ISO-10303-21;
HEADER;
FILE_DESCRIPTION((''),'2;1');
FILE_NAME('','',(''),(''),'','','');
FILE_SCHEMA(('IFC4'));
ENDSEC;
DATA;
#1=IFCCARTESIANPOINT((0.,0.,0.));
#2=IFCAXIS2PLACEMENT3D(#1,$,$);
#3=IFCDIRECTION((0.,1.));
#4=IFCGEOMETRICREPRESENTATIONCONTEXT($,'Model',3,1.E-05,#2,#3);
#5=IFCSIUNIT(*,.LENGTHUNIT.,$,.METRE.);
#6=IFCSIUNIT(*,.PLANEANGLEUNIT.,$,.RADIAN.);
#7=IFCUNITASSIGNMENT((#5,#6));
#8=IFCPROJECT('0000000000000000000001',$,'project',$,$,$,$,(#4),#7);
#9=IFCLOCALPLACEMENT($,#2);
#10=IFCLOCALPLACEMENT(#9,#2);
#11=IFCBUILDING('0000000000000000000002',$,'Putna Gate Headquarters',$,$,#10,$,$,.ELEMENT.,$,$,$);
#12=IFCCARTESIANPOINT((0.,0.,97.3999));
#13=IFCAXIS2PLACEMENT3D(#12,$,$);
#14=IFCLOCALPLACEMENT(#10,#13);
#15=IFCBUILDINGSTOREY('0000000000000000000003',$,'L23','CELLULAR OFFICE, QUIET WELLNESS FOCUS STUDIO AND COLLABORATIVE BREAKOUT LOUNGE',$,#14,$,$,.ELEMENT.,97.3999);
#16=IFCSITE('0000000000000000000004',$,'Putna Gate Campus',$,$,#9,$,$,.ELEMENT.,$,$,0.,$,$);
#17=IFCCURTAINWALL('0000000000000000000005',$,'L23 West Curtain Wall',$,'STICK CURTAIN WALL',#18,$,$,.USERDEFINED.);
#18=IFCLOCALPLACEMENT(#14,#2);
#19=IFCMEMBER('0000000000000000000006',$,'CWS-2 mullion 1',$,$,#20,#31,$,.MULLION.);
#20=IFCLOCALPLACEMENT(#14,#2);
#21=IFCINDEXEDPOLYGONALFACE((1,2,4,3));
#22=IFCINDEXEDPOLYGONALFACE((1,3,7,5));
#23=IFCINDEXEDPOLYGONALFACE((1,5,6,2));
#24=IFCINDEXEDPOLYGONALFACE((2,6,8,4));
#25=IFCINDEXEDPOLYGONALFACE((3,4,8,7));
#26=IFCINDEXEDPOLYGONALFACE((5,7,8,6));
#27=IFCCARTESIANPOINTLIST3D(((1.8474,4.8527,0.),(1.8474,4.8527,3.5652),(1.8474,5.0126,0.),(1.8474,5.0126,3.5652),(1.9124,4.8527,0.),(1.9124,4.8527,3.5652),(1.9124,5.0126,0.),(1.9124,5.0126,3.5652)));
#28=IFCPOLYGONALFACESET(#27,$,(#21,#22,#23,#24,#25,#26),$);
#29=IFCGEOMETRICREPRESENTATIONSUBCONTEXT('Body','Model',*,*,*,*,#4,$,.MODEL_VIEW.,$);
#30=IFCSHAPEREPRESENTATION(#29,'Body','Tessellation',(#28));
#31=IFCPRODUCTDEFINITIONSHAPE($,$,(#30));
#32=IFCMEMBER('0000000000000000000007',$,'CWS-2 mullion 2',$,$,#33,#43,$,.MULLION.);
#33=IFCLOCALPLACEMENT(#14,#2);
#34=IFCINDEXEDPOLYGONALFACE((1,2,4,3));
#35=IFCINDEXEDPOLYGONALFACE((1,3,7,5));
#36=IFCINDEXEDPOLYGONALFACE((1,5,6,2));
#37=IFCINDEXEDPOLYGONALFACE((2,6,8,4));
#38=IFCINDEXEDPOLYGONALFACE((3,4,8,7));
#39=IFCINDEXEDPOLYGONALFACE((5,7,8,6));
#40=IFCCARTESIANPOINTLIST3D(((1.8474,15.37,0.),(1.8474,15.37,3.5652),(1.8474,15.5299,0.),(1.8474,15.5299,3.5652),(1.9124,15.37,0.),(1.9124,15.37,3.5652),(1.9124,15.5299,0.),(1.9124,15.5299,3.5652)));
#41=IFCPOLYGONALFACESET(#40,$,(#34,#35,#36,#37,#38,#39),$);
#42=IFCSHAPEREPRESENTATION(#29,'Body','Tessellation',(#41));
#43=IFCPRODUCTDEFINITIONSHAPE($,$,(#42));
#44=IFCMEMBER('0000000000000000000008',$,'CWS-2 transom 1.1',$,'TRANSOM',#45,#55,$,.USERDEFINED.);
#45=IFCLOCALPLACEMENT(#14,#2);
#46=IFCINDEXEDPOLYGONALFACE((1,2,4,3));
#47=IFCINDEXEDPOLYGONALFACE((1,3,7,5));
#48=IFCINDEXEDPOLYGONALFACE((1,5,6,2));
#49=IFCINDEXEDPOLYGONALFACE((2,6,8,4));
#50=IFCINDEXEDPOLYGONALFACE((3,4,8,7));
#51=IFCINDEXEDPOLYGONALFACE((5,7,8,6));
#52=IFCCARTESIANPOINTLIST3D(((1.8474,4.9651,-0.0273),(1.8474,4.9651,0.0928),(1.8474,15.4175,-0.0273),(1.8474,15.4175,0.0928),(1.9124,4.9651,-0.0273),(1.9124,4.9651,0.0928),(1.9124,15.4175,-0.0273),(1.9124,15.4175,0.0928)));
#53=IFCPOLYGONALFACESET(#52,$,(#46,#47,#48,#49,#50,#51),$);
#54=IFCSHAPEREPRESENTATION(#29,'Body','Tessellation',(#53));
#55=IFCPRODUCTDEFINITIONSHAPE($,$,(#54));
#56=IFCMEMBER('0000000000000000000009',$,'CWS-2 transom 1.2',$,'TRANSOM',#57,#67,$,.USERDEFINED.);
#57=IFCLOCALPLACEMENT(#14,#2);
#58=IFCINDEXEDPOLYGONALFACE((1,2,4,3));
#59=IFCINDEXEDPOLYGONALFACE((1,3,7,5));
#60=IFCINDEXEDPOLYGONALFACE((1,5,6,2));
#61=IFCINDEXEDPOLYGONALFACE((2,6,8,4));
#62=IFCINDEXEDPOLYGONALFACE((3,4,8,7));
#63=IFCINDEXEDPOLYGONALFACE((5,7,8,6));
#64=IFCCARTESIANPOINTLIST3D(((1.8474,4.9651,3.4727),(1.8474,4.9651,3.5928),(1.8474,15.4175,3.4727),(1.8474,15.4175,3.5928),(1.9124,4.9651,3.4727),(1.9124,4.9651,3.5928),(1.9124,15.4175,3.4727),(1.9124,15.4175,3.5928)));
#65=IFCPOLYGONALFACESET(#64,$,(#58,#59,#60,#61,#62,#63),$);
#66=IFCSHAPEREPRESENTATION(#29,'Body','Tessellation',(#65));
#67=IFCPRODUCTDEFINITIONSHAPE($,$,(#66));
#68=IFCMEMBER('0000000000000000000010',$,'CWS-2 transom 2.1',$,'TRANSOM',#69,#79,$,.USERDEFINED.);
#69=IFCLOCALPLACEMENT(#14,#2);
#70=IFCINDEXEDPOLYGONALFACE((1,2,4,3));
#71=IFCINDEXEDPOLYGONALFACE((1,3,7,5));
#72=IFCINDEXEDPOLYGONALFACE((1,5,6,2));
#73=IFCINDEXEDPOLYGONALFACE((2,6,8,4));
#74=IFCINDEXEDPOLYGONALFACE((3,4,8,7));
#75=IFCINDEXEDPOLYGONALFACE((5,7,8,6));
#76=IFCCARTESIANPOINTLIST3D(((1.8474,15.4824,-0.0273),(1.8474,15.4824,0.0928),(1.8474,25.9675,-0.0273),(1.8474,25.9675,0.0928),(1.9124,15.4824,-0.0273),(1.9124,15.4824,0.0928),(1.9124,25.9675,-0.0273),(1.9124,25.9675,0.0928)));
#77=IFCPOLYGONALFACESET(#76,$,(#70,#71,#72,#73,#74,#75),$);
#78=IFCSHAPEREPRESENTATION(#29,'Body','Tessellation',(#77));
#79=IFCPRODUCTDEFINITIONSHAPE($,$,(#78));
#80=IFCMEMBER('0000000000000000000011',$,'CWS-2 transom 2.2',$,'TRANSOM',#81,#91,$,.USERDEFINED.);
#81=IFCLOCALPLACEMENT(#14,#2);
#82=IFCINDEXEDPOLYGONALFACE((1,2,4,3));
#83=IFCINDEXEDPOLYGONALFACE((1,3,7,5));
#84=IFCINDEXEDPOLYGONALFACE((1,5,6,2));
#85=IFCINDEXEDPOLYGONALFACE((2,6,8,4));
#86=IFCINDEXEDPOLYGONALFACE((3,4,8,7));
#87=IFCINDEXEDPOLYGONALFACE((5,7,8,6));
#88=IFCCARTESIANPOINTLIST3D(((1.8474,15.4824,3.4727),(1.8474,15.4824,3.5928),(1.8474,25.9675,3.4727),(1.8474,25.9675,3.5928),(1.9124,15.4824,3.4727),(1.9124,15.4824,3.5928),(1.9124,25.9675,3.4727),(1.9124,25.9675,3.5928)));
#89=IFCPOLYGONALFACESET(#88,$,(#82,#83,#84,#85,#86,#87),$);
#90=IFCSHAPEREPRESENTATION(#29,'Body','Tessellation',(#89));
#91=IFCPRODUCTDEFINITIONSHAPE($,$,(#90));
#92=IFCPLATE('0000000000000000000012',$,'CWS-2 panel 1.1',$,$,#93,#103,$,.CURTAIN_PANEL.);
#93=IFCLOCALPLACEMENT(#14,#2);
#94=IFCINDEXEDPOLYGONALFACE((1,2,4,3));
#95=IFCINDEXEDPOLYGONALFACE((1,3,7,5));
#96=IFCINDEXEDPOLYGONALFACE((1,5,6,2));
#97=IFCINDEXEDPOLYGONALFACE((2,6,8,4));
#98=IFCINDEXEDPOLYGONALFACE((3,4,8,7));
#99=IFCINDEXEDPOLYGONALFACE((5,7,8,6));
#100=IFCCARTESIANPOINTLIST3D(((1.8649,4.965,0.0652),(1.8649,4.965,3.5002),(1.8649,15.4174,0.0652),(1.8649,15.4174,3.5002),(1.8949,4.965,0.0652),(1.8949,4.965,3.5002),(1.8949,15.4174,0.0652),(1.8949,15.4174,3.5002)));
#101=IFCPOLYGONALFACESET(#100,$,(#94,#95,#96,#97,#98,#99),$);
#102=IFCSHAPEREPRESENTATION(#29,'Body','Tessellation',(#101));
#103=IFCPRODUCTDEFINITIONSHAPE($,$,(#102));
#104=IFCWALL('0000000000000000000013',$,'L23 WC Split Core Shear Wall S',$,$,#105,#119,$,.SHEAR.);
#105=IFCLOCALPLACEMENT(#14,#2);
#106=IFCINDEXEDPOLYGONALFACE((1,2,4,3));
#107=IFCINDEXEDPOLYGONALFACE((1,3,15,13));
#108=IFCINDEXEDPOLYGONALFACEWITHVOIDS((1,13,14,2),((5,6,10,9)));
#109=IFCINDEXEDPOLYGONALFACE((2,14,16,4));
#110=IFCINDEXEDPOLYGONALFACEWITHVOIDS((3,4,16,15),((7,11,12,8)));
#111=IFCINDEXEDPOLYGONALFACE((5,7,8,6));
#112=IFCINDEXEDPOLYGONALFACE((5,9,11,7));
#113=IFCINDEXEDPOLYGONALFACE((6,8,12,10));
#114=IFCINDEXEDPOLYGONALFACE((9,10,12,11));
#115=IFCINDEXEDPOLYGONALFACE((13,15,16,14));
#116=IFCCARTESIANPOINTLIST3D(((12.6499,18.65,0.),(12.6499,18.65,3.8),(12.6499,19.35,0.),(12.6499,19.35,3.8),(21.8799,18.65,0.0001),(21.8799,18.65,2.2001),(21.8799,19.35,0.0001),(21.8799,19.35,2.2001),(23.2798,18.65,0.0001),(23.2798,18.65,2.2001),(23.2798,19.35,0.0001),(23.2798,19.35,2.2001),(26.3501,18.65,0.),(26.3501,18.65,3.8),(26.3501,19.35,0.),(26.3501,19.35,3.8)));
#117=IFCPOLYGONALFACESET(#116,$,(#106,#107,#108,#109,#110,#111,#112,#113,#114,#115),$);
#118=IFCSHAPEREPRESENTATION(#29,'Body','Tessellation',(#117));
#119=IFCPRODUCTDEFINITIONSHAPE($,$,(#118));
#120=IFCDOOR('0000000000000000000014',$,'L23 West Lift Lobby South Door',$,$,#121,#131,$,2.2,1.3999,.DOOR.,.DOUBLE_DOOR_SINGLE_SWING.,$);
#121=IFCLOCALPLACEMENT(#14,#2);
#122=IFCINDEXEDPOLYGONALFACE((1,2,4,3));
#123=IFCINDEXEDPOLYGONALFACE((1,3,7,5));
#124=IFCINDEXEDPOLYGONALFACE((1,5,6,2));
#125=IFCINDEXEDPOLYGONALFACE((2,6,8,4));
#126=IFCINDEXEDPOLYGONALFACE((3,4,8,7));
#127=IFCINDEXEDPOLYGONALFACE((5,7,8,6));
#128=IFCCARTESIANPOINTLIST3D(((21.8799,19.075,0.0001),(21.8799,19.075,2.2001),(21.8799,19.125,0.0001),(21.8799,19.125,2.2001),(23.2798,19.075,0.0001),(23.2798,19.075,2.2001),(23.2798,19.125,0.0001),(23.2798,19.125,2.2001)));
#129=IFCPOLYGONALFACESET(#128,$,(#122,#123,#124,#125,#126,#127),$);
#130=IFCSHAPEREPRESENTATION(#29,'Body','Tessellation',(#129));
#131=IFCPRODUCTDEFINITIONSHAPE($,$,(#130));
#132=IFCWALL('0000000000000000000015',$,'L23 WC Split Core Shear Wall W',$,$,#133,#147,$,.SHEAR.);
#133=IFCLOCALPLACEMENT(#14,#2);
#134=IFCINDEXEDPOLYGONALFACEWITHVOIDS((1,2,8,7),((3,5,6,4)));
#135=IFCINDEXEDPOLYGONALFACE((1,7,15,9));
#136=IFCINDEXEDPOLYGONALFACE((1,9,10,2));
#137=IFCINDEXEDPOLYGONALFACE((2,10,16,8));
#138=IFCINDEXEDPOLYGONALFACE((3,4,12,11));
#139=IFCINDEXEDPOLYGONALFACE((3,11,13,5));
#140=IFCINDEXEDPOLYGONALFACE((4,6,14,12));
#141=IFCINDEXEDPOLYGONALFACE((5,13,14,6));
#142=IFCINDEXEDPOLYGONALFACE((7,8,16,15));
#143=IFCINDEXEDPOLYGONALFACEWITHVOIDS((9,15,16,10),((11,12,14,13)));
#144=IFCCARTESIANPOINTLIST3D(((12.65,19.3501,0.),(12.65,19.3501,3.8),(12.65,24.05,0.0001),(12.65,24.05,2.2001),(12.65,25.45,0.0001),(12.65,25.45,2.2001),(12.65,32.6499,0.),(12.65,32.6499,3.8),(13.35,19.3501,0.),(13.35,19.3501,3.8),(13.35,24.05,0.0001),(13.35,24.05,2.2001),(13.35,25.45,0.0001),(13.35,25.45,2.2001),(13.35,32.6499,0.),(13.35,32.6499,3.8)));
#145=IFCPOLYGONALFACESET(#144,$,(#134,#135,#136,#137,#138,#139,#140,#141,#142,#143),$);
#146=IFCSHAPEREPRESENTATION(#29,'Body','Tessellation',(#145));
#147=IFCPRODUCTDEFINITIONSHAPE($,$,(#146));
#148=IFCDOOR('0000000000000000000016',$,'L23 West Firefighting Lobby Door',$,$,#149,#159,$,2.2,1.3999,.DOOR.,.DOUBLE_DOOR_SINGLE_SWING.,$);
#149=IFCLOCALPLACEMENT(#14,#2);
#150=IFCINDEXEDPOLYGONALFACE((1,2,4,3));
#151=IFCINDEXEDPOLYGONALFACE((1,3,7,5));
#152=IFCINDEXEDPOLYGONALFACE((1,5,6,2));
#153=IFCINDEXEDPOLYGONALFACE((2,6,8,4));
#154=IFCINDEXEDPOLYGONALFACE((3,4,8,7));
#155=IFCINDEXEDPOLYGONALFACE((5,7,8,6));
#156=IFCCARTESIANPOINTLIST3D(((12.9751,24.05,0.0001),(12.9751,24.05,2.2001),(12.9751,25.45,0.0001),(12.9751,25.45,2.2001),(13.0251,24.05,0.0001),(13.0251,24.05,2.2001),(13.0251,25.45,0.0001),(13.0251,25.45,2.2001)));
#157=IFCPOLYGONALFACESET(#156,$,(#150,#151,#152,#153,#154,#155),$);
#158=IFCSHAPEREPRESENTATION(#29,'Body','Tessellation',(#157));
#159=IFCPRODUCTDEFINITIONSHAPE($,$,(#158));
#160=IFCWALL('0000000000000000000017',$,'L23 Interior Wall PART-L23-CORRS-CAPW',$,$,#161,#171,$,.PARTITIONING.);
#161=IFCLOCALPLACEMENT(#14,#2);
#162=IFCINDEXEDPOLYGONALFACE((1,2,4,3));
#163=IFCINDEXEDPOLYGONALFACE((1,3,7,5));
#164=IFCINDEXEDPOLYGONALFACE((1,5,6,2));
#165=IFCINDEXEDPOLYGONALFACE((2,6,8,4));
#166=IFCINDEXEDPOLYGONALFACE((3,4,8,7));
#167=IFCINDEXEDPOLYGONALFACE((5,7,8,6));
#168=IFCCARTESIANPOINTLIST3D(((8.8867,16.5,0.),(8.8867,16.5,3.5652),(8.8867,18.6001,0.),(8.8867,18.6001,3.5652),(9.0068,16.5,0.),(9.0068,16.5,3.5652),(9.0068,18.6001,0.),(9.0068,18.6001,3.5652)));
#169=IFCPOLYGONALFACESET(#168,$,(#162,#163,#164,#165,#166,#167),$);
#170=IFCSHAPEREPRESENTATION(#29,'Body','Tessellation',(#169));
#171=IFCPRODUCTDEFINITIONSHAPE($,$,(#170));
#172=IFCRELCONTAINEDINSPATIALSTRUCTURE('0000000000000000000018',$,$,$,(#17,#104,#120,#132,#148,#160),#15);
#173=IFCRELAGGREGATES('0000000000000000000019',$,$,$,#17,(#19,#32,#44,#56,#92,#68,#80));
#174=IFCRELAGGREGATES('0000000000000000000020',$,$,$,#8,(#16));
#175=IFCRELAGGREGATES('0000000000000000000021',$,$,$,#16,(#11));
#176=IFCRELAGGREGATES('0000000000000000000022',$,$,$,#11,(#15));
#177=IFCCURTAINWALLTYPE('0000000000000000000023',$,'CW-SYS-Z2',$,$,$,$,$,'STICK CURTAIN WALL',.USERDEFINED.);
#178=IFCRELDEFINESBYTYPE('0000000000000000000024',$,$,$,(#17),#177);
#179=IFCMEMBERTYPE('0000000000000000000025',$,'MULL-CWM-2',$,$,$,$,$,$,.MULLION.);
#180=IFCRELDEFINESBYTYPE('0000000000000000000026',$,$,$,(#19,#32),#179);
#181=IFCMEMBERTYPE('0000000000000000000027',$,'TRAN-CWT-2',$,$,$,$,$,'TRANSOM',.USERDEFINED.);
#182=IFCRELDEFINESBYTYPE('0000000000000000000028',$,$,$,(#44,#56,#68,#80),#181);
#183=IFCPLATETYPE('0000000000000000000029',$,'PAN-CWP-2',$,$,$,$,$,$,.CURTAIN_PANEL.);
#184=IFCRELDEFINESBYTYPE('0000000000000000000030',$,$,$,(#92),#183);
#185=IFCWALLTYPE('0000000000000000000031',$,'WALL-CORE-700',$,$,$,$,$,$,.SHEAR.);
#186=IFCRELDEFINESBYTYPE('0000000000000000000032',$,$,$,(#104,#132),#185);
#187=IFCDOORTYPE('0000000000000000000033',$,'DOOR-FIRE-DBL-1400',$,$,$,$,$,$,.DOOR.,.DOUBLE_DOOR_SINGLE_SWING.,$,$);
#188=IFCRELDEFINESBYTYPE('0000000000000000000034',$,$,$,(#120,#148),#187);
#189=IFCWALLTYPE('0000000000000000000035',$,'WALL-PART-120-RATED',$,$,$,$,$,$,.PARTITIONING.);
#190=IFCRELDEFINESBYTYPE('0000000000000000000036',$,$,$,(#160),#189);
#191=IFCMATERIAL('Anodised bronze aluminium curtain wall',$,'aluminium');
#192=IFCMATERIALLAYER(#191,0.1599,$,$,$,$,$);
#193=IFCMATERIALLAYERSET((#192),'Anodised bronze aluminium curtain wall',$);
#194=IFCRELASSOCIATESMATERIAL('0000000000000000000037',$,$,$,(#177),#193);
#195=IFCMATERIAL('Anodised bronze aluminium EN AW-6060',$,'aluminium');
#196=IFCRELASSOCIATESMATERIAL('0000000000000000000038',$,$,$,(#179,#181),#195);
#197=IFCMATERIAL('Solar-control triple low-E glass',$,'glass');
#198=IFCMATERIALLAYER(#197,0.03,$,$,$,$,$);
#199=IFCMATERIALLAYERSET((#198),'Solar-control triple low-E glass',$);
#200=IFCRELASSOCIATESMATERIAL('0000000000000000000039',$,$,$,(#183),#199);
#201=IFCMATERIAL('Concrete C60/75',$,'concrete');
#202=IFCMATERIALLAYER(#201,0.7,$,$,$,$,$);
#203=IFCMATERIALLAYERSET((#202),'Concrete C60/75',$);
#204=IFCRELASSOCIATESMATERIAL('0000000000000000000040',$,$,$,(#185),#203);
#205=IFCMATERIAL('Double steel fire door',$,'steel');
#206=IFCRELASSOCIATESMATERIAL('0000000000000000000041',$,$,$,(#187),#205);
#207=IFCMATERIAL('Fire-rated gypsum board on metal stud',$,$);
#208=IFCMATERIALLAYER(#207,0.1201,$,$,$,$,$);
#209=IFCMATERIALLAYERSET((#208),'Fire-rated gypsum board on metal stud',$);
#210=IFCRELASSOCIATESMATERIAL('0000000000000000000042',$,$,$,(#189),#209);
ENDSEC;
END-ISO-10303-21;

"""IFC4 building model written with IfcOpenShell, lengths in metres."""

from ifc_helpers import new_model, si_unit, direction, frame, frame_2d, origin, origin_2d, place, context, subcontext, project, spatial, rectangle, extrude, material, layer, layer_set, material_profile, profile_set, type_object, element, fill, aggregate, save


model = new_model("IFC4")

# Units and contexts
model_context = context("Model", 3, precision=1e-05, world=origin(), true_north=direction((0.0, 1.0)))
body_context = subcontext(model_context, "Body", "Model", "MODEL_VIEW")
ifc_project = project(units=[si_unit("LENGTHUNIT", "METRE"), si_unit("PLANEANGLEUNIT", "RADIAN")], contexts=[model_context])

# Site, building, storey
site_placement = place(None, origin())
site = spatial("IfcSite", under=ifc_project, at=site_placement, Name="Putna Gate Campus", CompositionType="ELEMENT", RefElevation=0.0)
building_placement = place(site_placement, origin())
building = spatial("IfcBuilding", under=site, at=building_placement, Name="Putna Gate Headquarters", CompositionType="ELEMENT")
storey_placement = place(building_placement, frame((0.0, 0.0, 97.3999)))
storey = spatial("IfcBuildingStorey", under=building, at=storey_placement, Name="L23", Description="CELLULAR OFFICE, QUIET WELLNESS FOCUS STUDIO AND COLLABORATIVE BREAKOUT LOUNGE", CompositionType="ELEMENT", Elevation=97.3999)

# Shared definitions
ifc_material_1 = material(Name="Concrete C60/75", Category="concrete")

# Curtain wall, members, plate
ifc_material_2 = material(Name="Anodised bronze aluminium curtain wall", Category="aluminium")
ifc_layer_1 = layer(ifc_material_2, 0.1599)
ifc_layer_set_1 = layer_set([ifc_layer_1], Name="Anodised bronze aluminium curtain wall")
curtain_wall_type = type_object("IfcCurtainWallType", Name="CW-SYS-Z2", ElementType="STICK CURTAIN WALL", PredefinedType="USERDEFINED", material=ifc_layer_set_1)
curtain_wall_placement = place(storey_placement, origin())
curtain_wall = element("IfcCurtainWall", 1, at=curtain_wall_placement, inside=storey, type_object=curtain_wall_type, Name="L23 West Curtain Wall", ObjectType="STICK CURTAIN WALL", PredefinedType="USERDEFINED")
ifc_material_3 = material(Name="Anodised bronze aluminium EN AW-6060", Category="aluminium")
ifc_material_profile_1 = material_profile(ifc_material_3, rectangle(XDim=0.0649, YDim=0.1599, at=origin_2d()), Name="Anodised bronze aluminium EN AW-6060")
ifc_profile_set_1 = profile_set([ifc_material_profile_1], Name="Anodised bronze aluminium EN AW-6060")
member_type_1 = type_object("IfcMemberType", Name="MULL-CWM-2", PredefinedType="MULLION", material=ifc_profile_set_1)
member_1_placement = place(storey_placement, frame((1.8799, 4.9326, 0.0), z_axis=(0.0, 0.0, 1.0), x_axis=(-1.0, 0.0, 0.0)))
member_1 = element("IfcMember", 2, at=member_1_placement, type_object=member_type_1, Name="CWS-2 mullion 1", PredefinedType="MULLION", context=body_context, shape_type="SweptSolid", body=[
    extrude(rectangle(XDim=0.0649, YDim=0.1599, at=origin_2d()), origin(), (0.0, 0.0, 1.0), 3.5652),
])
member_2_placement = place(storey_placement, frame((1.8799, 15.45, 0.0), z_axis=(0.0, 0.0, 1.0), x_axis=(-1.0, 0.0, 0.0)))
member_2 = element("IfcMember", 3, at=member_2_placement, type_object=member_type_1, Name="CWS-2 mullion 2", PredefinedType="MULLION", context=body_context, shape_type="SweptSolid", body=[
    extrude(rectangle(XDim=0.0649, YDim=0.1599, at=origin_2d()), origin(), (0.0, 0.0, 1.0), 3.5652),
])
ifc_material_profile_2 = material_profile(ifc_material_3, rectangle(XDim=0.0649, YDim=0.1201, at=origin_2d()), Name="Anodised bronze aluminium EN AW-6060")
ifc_profile_set_2 = profile_set([ifc_material_profile_2], Name="Anodised bronze aluminium EN AW-6060")
member_type_2 = type_object("IfcMemberType", Name="TRAN-CWT-2", ElementType="TRANSOM", PredefinedType="USERDEFINED", material=ifc_profile_set_2)
member_3_placement = place(storey_placement, frame((1.8799, 4.9651, 0.0327), z_axis=(0.0, 1.0, 0.0), x_axis=(-1.0, 0.0, 0.0)))
member_3 = element("IfcMember", 4, at=member_3_placement, type_object=member_type_2, Name="CWS-2 transom 1.1", ObjectType="TRANSOM", PredefinedType="USERDEFINED", context=body_context, shape_type="SweptSolid", body=[
    extrude(rectangle(XDim=0.0649, YDim=0.1201, at=origin_2d()), origin(), (0.0, 0.0, 1.0), 10.4524),
])
member_4_placement = place(storey_placement, frame((1.8799, 4.9651, 3.5327), z_axis=(0.0, 1.0, 0.0), x_axis=(-1.0, 0.0, 0.0)))
member_4 = element("IfcMember", 5, at=member_4_placement, type_object=member_type_2, Name="CWS-2 transom 1.2", ObjectType="TRANSOM", PredefinedType="USERDEFINED", context=body_context, shape_type="SweptSolid", body=[
    extrude(rectangle(XDim=0.0649, YDim=0.1201, at=origin_2d()), origin(), (0.0, 0.0, 1.0), 10.4524),
])
member_5_placement = place(storey_placement, frame((1.8799, 15.4824, 0.0327), z_axis=(0.0, 1.0, 0.0), x_axis=(-1.0, 0.0, 0.0)))
member_5 = element("IfcMember", 6, at=member_5_placement, type_object=member_type_2, Name="CWS-2 transom 2.1", ObjectType="TRANSOM", PredefinedType="USERDEFINED", context=body_context, shape_type="SweptSolid", body=[
    extrude(rectangle(XDim=0.0649, YDim=0.1201, at=origin_2d()), origin(), (0.0, 0.0, 1.0), 10.4851),
])
member_6_placement = place(storey_placement, frame((1.8799, 15.4824, 3.5327), z_axis=(0.0, 1.0, 0.0), x_axis=(-1.0, 0.0, 0.0)))
member_6 = element("IfcMember", 7, at=member_6_placement, type_object=member_type_2, Name="CWS-2 transom 2.2", ObjectType="TRANSOM", PredefinedType="USERDEFINED", context=body_context, shape_type="SweptSolid", body=[
    extrude(rectangle(XDim=0.0649, YDim=0.1201, at=origin_2d()), origin(), (0.0, 0.0, 1.0), 10.4851),
])
ifc_material_4 = material(Name="Solar-control triple low-E glass", Category="glass")
ifc_layer_2 = layer(ifc_material_4, 0.03)
ifc_layer_set_2 = layer_set([ifc_layer_2], Name="Solar-control triple low-E glass")
plate_type = type_object("IfcPlateType", Name="PAN-CWP-2", PredefinedType="CURTAIN_PANEL", material=ifc_layer_set_2)
plate_placement = place(storey_placement, frame((1.8799, 10.1912, 0.0652), z_axis=(0.0, 0.0, 1.0), x_axis=(0.0, 1.0, 0.0)))
plate = element("IfcPlate", 8, at=plate_placement, type_object=plate_type, Name="CWS-2 panel 1.1", PredefinedType="CURTAIN_PANEL", context=body_context, shape_type="SweptSolid", body=[
    extrude(rectangle(XDim=10.4524, YDim=0.03, at=origin_2d()), origin(), (0.0, 0.0, 1.0), 3.4351),
])
aggregate(curtain_wall, [member_1, member_2, member_3, member_4, plate, member_5, member_6])

# Walls, openings, doors
ifc_layer_3 = layer(ifc_material_1, 0.7)
ifc_layer_set_3 = layer_set([ifc_layer_3], Name="Concrete C60/75")
wall_type_1 = type_object("IfcWallType", Name="WALL-CORE-700", PredefinedType="SHEAR", material=ifc_layer_set_3)
wall_1_placement = place(storey_placement, frame((12.6499, 19.0, 0.0), z_axis=(0.0, 0.0, 1.0), x_axis=(1.0, 0.0, 0.0)))
wall_1 = element("IfcWall", 9, at=wall_1_placement, inside=storey, type_object=wall_type_1, Name="L23 WC Split Core Shear Wall S", PredefinedType="SHEAR", context=body_context, shape_type="SweptSolid", body=[
    extrude(rectangle(XDim=13.7002, YDim=0.7, at=frame_2d((6.8501, 0.0))), origin(), (0.0, 0.0, 1.0), 3.8),
])
opening_1_placement = place(wall_1_placement, frame((9.23, 0.0, 0.0)))
opening_1 = element("IfcOpeningElement", 10, at=opening_1_placement, cuts=wall_1, PredefinedType="OPENING", context=body_context, shape_type="SweptSolid", body=[
    extrude(rectangle(XDim=1.3999, YDim=2.2, at=frame_2d((0.7, 1.1001))), frame((0.0, 0.3599, 0.0), z_axis=(0.0, -1.0, 0.0), x_axis=(1.0, 0.0, 0.0)), (0.0, 0.0, 1.0), 0.72),
])
ifc_material_5 = material(Name="Double steel fire door", Category="steel")
door_type_1 = type_object("IfcDoorType", Name="DOOR-FIRE-DBL-1400", OperationType="DOUBLE_DOOR_SINGLE_SWING", PredefinedType="DOOR", material=ifc_material_5)
door_1_placement = place(opening_1_placement, origin())
door_1 = element("IfcDoor", 11, at=door_1_placement, inside=storey, type_object=door_type_1, Name="L23 West Lift Lobby South Door", OperationType="DOUBLE_DOOR_SINGLE_SWING", OverallHeight=2.2, OverallWidth=1.3999, PredefinedType="DOOR", context=body_context, shape_type="SweptSolid", body=[
    extrude(rectangle(XDim=1.3999, YDim=2.2, at=frame_2d((0.7, 1.1001))), frame((0.0, 0.125, 0.0), z_axis=(0.0, -1.0, 0.0), x_axis=(1.0, 0.0, 0.0)), (0.0, 0.0, 1.0), 0.05),
])
fill(opening_1, door_1)
wall_2_placement = place(storey_placement, frame((13.0, 19.3501, 0.0), z_axis=(0.0, 0.0, 1.0), x_axis=(0.0, 1.0, 0.0)))
wall_2 = element("IfcWall", 12, at=wall_2_placement, inside=storey, type_object=wall_type_1, Name="L23 WC Split Core Shear Wall W", PredefinedType="SHEAR", context=body_context, shape_type="SweptSolid", body=[
    extrude(rectangle(XDim=13.2998, YDim=0.7, at=frame_2d((6.6499, 0.0))), origin(), (0.0, 0.0, 1.0), 3.8),
])
opening_2_placement = place(wall_2_placement, frame((4.7, 0.0, 0.0)))
opening_2 = element("IfcOpeningElement", 13, at=opening_2_placement, cuts=wall_2, PredefinedType="OPENING", context=body_context, shape_type="SweptSolid", body=[
    extrude(rectangle(XDim=1.3999, YDim=2.2, at=frame_2d((0.7, 1.1001))), frame((0.0, 0.3599, 0.0), z_axis=(0.0, -1.0, 0.0), x_axis=(1.0, 0.0, 0.0)), (0.0, 0.0, 1.0), 0.72),
])
door_2_placement = place(opening_2_placement, origin())
door_2 = element("IfcDoor", 14, at=door_2_placement, inside=storey, type_object=door_type_1, Name="L23 West Firefighting Lobby Door", OperationType="DOUBLE_DOOR_SINGLE_SWING", OverallHeight=2.2, OverallWidth=1.3999, PredefinedType="DOOR", context=body_context, shape_type="SweptSolid", body=[
    extrude(rectangle(XDim=1.3999, YDim=2.2, at=frame_2d((0.7, 1.1001))), frame((0.0, 0.0249, 0.0), z_axis=(0.0, -1.0, 0.0), x_axis=(1.0, 0.0, 0.0)), (0.0, 0.0, 1.0), 0.05),
])
fill(opening_2, door_2)

# Wall
ifc_material_6 = material(Name="Fire-rated gypsum board on metal stud")
ifc_layer_4 = layer(ifc_material_6, 0.1201)
ifc_layer_set_4 = layer_set([ifc_layer_4], Name="Fire-rated gypsum board on metal stud")
wall_type_2 = type_object("IfcWallType", Name="WALL-PART-120-RATED", PredefinedType="PARTITIONING", material=ifc_layer_set_4)
wall_3_placement = place(storey_placement, frame((8.9468, 16.5, 0.0), z_axis=(0.0, 0.0, 1.0), x_axis=(0.0, 1.0, 0.0)))
element("IfcWall", 15, at=wall_3_placement, inside=storey, type_object=wall_type_2, Name="L23 Interior Wall PART-L23-CORRS-CAPW", PredefinedType="PARTITIONING", context=body_context, shape_type="SweptSolid", body=[
    extrude(rectangle(XDim=2.1001, YDim=0.1201, at=frame_2d((1.05, 0.0))), origin(), (0.0, 0.0, 1.0), 3.5652),
])

save(model, "model.ifc")
